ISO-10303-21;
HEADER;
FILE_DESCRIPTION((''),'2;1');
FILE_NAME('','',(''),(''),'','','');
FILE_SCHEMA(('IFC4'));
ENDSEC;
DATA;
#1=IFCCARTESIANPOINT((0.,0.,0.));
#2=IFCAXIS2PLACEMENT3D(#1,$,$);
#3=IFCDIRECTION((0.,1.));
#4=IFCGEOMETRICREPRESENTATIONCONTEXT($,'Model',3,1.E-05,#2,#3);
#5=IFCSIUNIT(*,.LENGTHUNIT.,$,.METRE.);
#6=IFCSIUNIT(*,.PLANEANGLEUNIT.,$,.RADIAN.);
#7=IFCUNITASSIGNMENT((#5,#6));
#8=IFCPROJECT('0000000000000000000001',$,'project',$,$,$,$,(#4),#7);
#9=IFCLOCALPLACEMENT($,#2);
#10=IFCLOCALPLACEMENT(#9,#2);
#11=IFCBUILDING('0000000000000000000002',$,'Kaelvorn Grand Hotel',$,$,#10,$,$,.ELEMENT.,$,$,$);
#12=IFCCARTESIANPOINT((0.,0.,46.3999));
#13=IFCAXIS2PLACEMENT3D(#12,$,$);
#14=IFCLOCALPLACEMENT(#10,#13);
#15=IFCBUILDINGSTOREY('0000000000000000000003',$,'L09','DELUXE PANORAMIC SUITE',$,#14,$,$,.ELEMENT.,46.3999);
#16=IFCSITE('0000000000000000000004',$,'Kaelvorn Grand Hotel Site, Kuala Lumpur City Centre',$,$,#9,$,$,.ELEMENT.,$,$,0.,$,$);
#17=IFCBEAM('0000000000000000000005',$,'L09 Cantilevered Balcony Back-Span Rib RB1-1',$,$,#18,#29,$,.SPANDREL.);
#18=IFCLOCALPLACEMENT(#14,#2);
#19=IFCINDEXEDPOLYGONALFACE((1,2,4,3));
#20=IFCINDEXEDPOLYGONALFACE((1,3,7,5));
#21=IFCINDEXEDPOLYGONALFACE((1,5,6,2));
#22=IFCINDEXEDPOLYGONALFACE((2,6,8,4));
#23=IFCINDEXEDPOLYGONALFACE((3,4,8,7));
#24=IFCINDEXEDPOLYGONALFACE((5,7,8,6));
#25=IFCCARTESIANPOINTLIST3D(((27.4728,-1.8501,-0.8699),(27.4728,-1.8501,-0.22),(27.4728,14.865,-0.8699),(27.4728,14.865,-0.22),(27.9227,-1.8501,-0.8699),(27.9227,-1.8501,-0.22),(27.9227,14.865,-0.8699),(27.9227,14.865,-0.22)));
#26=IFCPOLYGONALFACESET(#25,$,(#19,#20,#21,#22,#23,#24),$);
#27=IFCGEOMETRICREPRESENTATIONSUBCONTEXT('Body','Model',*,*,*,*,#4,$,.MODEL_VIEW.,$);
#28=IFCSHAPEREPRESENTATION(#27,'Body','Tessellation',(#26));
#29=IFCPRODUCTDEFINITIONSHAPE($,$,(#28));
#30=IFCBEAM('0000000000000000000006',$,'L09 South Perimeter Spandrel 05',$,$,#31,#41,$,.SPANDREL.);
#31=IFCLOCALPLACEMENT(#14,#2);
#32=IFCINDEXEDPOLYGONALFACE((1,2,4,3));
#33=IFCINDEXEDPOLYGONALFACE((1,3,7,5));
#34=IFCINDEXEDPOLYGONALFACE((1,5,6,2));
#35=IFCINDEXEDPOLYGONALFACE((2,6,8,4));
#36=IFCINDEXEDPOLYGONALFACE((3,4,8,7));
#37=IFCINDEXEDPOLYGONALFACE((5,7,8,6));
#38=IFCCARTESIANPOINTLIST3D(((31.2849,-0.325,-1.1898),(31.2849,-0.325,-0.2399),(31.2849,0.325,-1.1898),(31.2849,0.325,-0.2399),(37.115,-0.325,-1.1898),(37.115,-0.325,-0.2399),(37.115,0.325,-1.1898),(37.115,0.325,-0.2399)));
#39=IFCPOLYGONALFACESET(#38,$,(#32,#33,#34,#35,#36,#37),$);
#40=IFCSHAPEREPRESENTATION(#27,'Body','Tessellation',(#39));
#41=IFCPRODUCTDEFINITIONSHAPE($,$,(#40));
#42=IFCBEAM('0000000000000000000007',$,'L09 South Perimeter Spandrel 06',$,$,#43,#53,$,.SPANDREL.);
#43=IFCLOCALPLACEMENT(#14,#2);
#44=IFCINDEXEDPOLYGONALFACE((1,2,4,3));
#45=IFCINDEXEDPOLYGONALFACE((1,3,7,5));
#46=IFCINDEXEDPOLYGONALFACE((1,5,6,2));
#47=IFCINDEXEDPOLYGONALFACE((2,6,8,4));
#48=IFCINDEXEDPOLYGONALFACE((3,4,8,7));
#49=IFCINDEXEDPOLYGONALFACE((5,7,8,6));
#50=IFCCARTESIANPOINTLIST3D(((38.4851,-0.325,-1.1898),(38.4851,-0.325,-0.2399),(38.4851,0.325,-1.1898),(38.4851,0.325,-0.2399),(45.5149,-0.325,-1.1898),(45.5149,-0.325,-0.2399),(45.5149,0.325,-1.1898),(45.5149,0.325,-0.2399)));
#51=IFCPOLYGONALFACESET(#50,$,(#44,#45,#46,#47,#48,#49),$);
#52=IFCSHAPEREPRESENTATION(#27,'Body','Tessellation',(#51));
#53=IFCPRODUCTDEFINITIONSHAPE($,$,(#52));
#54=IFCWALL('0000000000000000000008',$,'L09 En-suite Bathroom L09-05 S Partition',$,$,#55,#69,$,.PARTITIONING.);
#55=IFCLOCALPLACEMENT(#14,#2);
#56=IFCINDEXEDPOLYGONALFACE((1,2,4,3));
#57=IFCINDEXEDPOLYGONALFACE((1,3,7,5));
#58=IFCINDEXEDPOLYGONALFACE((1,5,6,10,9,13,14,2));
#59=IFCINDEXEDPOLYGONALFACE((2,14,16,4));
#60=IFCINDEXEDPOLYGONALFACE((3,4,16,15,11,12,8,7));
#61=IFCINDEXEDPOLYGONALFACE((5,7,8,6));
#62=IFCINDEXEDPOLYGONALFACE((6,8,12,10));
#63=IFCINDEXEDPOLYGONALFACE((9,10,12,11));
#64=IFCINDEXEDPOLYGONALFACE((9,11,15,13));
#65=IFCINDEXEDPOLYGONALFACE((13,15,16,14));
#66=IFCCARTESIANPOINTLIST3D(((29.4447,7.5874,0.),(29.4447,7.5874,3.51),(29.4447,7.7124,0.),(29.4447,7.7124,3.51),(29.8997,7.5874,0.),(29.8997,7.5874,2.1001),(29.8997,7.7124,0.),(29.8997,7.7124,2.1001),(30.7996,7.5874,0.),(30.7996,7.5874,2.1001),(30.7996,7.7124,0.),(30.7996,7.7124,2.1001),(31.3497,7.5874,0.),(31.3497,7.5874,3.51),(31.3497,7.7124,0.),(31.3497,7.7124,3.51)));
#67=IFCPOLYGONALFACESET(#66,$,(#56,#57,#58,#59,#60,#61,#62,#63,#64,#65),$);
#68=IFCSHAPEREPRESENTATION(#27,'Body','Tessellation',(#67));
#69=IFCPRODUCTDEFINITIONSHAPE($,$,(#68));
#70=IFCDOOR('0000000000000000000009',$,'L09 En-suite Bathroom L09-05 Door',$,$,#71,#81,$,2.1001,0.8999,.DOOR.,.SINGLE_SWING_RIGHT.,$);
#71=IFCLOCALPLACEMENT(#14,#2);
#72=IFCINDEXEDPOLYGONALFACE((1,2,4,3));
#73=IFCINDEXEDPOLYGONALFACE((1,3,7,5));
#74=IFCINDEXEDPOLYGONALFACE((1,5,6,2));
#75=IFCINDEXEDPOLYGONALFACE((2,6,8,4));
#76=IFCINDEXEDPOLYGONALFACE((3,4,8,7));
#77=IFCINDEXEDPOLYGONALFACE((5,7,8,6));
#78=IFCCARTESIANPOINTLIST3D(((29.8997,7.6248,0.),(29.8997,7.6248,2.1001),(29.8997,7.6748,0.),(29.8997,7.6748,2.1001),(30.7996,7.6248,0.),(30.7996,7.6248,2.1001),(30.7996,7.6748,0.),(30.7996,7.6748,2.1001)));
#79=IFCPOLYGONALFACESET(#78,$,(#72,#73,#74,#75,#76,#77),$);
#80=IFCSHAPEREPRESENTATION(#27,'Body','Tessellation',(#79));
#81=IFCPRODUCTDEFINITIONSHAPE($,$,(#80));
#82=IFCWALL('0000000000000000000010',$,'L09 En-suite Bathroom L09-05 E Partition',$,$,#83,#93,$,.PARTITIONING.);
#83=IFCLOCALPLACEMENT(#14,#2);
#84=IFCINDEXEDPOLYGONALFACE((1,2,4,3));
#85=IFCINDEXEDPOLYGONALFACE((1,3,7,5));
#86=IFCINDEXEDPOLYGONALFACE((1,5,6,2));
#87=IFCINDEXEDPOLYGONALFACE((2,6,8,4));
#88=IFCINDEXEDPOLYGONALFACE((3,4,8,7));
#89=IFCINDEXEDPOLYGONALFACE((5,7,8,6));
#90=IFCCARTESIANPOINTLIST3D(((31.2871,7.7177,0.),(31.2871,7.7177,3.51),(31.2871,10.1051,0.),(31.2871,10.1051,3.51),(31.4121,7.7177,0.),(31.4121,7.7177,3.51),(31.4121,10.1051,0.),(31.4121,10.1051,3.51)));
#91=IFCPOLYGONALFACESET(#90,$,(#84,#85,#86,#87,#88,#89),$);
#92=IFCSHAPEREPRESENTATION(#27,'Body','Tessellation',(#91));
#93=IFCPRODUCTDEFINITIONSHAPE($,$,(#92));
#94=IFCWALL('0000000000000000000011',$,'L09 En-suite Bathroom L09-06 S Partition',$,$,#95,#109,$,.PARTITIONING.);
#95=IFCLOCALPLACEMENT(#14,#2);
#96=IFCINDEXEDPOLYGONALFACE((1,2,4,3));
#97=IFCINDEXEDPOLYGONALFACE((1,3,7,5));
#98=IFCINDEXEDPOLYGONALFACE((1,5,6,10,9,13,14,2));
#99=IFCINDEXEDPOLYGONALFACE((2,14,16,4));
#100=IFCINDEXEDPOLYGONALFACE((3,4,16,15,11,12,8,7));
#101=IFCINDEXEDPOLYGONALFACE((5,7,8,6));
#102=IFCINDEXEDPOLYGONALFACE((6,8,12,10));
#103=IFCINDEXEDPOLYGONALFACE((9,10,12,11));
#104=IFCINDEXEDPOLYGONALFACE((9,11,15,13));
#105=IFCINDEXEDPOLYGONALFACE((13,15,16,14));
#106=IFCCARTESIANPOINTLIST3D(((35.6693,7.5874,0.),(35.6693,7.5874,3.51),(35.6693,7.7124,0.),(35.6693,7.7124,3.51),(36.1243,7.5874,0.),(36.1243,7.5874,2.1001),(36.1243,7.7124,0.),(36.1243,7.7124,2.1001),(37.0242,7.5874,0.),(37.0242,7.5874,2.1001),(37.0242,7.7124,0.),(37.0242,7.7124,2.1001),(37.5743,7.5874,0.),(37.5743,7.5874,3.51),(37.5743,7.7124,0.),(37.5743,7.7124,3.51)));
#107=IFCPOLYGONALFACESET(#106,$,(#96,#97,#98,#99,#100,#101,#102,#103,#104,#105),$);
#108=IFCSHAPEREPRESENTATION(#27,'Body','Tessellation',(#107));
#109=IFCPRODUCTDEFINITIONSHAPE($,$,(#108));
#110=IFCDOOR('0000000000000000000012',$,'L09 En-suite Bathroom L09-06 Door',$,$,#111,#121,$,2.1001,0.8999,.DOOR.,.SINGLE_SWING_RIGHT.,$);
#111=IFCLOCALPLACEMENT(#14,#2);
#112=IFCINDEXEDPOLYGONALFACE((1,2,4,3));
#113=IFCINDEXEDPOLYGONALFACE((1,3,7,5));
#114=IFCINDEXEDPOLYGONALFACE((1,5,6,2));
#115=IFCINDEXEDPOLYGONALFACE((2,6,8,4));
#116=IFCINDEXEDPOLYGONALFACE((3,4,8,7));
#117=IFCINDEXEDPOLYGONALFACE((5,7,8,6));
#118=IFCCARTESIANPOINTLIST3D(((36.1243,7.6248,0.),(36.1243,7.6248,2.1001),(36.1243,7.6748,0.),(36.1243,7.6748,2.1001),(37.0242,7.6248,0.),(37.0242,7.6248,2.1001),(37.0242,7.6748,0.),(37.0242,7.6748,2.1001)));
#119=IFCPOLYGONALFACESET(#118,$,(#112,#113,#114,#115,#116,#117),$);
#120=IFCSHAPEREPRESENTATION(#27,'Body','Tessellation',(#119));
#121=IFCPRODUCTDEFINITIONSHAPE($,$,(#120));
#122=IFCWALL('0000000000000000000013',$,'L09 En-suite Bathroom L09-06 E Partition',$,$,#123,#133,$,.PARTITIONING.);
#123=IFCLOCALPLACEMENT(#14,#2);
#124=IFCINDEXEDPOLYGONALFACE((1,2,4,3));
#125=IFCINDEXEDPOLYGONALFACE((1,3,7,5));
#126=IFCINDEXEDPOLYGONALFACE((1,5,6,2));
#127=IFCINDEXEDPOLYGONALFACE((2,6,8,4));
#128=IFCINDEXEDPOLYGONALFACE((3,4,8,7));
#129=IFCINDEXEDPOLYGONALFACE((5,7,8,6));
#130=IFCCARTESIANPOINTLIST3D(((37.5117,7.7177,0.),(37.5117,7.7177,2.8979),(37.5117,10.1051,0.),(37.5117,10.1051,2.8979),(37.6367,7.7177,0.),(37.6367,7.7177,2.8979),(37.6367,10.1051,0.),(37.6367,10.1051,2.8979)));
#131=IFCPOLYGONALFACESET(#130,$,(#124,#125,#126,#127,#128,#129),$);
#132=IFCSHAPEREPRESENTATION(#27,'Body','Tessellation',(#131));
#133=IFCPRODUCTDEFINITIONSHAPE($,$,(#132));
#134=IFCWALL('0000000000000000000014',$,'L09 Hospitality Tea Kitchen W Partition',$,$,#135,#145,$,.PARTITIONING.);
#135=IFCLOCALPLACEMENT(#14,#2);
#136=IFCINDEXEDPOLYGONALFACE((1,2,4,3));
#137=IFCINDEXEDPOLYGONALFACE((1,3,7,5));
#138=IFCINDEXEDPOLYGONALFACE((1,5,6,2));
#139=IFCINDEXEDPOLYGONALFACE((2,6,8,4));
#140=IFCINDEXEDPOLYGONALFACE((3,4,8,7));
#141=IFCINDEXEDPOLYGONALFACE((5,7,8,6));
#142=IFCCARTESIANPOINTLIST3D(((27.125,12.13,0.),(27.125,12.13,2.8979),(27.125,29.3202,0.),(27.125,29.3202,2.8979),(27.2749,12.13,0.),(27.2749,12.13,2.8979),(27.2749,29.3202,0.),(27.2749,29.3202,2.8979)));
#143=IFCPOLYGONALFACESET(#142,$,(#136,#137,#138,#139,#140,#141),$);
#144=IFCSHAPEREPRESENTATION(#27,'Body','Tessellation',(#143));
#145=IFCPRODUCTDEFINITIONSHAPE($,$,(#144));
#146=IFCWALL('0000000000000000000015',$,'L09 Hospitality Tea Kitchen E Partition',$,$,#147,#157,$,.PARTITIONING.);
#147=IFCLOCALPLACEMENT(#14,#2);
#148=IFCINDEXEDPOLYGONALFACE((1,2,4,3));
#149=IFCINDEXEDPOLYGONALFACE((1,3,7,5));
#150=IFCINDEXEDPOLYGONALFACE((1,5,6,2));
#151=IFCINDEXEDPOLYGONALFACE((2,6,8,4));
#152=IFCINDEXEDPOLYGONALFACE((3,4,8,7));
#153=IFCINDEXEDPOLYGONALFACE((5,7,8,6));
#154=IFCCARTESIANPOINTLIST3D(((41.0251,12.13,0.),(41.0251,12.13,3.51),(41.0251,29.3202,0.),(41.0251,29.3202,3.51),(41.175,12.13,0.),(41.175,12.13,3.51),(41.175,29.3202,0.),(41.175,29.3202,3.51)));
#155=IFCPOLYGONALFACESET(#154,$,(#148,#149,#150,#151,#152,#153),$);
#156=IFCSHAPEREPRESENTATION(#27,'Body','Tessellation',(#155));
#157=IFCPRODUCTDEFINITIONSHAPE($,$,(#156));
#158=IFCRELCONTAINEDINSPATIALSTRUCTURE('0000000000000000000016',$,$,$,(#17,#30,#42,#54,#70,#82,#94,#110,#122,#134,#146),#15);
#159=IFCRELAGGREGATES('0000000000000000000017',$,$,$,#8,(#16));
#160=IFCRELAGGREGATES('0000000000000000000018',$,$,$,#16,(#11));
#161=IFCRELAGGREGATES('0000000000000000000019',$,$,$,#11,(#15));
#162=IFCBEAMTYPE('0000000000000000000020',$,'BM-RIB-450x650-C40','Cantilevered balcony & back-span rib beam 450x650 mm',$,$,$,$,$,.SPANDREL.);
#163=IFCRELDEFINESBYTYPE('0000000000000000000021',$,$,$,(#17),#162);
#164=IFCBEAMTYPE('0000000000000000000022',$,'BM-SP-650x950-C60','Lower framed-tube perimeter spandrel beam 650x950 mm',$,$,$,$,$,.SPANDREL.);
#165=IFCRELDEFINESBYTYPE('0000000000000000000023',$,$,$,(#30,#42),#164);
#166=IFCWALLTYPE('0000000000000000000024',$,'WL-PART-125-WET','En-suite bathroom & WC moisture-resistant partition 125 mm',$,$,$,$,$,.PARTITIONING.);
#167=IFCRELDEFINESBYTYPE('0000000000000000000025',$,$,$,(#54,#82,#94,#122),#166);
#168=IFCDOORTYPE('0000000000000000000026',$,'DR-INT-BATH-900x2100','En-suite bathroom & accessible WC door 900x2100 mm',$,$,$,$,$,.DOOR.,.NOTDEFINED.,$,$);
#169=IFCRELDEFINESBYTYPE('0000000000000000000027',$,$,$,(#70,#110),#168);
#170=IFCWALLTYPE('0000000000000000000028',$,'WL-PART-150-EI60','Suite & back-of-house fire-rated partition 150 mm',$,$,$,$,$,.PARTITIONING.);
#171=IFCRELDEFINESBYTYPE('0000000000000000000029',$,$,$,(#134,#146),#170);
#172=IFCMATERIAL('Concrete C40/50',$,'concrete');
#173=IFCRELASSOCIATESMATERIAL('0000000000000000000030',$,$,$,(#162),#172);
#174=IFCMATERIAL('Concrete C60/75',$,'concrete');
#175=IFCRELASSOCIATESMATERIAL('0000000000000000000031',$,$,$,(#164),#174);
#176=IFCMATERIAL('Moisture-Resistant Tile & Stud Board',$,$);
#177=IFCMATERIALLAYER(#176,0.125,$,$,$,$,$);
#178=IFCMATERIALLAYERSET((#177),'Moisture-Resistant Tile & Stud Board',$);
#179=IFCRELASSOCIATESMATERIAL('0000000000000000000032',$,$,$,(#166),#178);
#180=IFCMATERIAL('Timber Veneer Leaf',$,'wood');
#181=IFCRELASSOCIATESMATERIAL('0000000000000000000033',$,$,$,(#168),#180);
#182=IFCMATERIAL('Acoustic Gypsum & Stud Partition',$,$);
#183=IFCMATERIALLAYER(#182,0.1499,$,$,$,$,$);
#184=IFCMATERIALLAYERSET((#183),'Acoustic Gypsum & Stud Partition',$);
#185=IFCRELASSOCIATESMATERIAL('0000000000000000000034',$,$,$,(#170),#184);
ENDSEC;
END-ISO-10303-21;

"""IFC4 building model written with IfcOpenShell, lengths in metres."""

from ifc_helpers import new_model, si_unit, direction, frame, frame_2d, origin, origin_2d, place, context, subcontext, project, spatial, rectangle, extrude, material, layer, layer_set, material_profile, profile_set, type_object, element, fill, save


model = new_model("IFC4")

# Units and contexts
model_context = context("Model", 3, precision=1e-05, world=origin(), true_north=direction((0.0, 1.0)))
body_context = subcontext(model_context, "Body", "Model", "MODEL_VIEW")
ifc_project = project(units=[si_unit("LENGTHUNIT", "METRE"), si_unit("PLANEANGLEUNIT", "RADIAN")], contexts=[model_context])

# Site, building, storey
site_placement = place(None, origin())
site = spatial("IfcSite", under=ifc_project, at=site_placement, Name="Kaelvorn Grand Hotel Site, Kuala Lumpur City Centre", CompositionType="ELEMENT", RefElevation=0.0)
building_placement = place(site_placement, origin())
building = spatial("IfcBuilding", under=site, at=building_placement, Name="Kaelvorn Grand Hotel", CompositionType="ELEMENT")
storey_placement = place(building_placement, frame((0.0, 0.0, 46.3999)))
storey = spatial("IfcBuildingStorey", under=building, at=storey_placement, Name="L09", Description="DELUXE PANORAMIC SUITE", CompositionType="ELEMENT", Elevation=46.3999)

# Beams
ifc_material_1 = material(Name="Concrete C40/50", Category="concrete")
ifc_material_profile_1 = material_profile(ifc_material_1, rectangle(XDim=0.45, YDim=0.6499, at=origin_2d()), Name="RC RIB 450x650")
ifc_profile_set_1 = profile_set([ifc_material_profile_1], Name="Concrete C40/50")
beam_type_1 = type_object("IfcBeamType", Name="BM-RIB-450x650-C40", Description="Cantilevered balcony & back-span rib beam 450x650 mm", PredefinedType="SPANDREL", material=ifc_profile_set_1)
beam_1_placement = place(storey_placement, frame((27.6978, -1.8501, -0.5449), z_axis=(0.0, 1.0, 0.0), x_axis=(-1.0, 0.0, 0.0)))
element("IfcBeam", 1, at=beam_1_placement, inside=storey, type_object=beam_type_1, Name="L09 Cantilevered Balcony Back-Span Rib RB1-1", PredefinedType="SPANDREL", context=body_context, shape_type="SweptSolid", body=[
    extrude(rectangle(XDim=0.45, YDim=0.6499, at=origin_2d()), origin(), (0.0, 0.0, 1.0), 16.7151),
])
ifc_material_2 = material(Name="Concrete C60/75", Category="concrete")
ifc_material_profile_2 = material_profile(ifc_material_2, rectangle(XDim=0.6499, YDim=0.95, at=origin_2d()), Name="RC SPANDREL 650x950")
ifc_profile_set_2 = profile_set([ifc_material_profile_2], Name="Concrete C60/75")
beam_type_2 = type_object("IfcBeamType", Name="BM-SP-650x950-C60", Description="Lower framed-tube perimeter spandrel beam 650x950 mm", PredefinedType="SPANDREL", material=ifc_profile_set_2)
beam_2_placement = place(storey_placement, frame((31.2849, 0.0, -0.7148), z_axis=(1.0, 0.0, 0.0), x_axis=(0.0, 1.0, 0.0)))
element("IfcBeam", 2, at=beam_2_placement, inside=storey, type_object=beam_type_2, Name="L09 South Perimeter Spandrel 05", PredefinedType="SPANDREL", context=body_context, shape_type="SweptSolid", body=[
    extrude(rectangle(XDim=0.6499, YDim=0.95, at=origin_2d()), origin(), (0.0, 0.0, 1.0), 5.8301),
])
beam_3_placement = place(storey_placement, frame((38.4851, 0.0, -0.7148), z_axis=(1.0, 0.0, 0.0), x_axis=(0.0, 1.0, 0.0)))
element("IfcBeam", 3, at=beam_3_placement, inside=storey, type_object=beam_type_2, Name="L09 South Perimeter Spandrel 06", PredefinedType="SPANDREL", context=body_context, shape_type="SweptSolid", body=[
    extrude(rectangle(XDim=0.6499, YDim=0.95, at=origin_2d()), origin(), (0.0, 0.0, 1.0), 7.0298),
])

# Wall, opening, door
ifc_material_3 = material(Name="Moisture-Resistant Tile & Stud Board")
ifc_layer_1 = layer(ifc_material_3, 0.125)
ifc_layer_set_1 = layer_set([ifc_layer_1], Name="Moisture-Resistant Tile & Stud Board")
wall_type_1 = type_object("IfcWallType", Name="WL-PART-125-WET", Description="En-suite bathroom & WC moisture-resistant partition 125 mm", PredefinedType="PARTITIONING", material=ifc_layer_set_1)
wall_1_placement = place(storey_placement, frame((29.4446, 7.6499, 0.0), z_axis=(0.0, 0.0, 1.0), x_axis=(1.0, 0.0, 0.0)))
wall_1 = element("IfcWall", 4, at=wall_1_placement, inside=storey, type_object=wall_type_1, Name="L09 En-suite Bathroom L09-05 S Partition", PredefinedType="PARTITIONING", context=body_context, shape_type="SweptSolid", body=[
    extrude(rectangle(XDim=1.905, YDim=0.125, at=frame_2d((0.9526, 0.0))), origin(), (0.0, 0.0, 1.0), 3.51),
])
opening_1_placement = place(wall_1_placement, frame((0.4551, 0.0, 0.0)))
opening_1 = element("IfcOpeningElement", 5, at=opening_1_placement, cuts=wall_1, PredefinedType="OPENING", context=body_context, shape_type="SweptSolid", body=[
    extrude(rectangle(XDim=0.8999, YDim=2.1001, at=frame_2d((0.45, 1.05))), frame((0.0, 0.0725, 0.0), z_axis=(0.0, -1.0, 0.0), x_axis=(1.0, 0.0, 0.0)), (0.0, 0.0, 1.0), 0.145),
])
ifc_material_4 = material(Name="Timber Veneer Leaf", Category="wood")
door_type_1 = type_object("IfcDoorType", Name="DR-INT-BATH-900x2100", Description="En-suite bathroom & accessible WC door 900x2100 mm", OperationType="NOTDEFINED", PredefinedType="DOOR", material=ifc_material_4)
door_1_placement = place(opening_1_placement, origin())
door_1 = element("IfcDoor", 6, at=door_1_placement, inside=storey, type_object=door_type_1, Name="L09 En-suite Bathroom L09-05 Door", OperationType="SINGLE_SWING_RIGHT", OverallHeight=2.1001, OverallWidth=0.8999, PredefinedType="DOOR", context=body_context, shape_type="SweptSolid", body=[
    extrude(rectangle(XDim=0.8999, YDim=2.1001, at=frame_2d((0.45, 1.05))), frame((0.0, 0.0249, 0.0), z_axis=(0.0, -1.0, 0.0), x_axis=(1.0, 0.0, 0.0)), (0.0, 0.0, 1.0), 0.05),
])
fill(opening_1, door_1)

# Wall
wall_2_placement = place(storey_placement, frame((31.3496, 7.7175, 0.0), z_axis=(0.0, 0.0, 1.0), x_axis=(0.0, 1.0, 0.0)))
element("IfcWall", 7, at=wall_2_placement, inside=storey, type_object=wall_type_1, Name="L09 En-suite Bathroom L09-05 E Partition", PredefinedType="PARTITIONING", context=body_context, shape_type="SweptSolid", body=[
    extrude(rectangle(XDim=2.3875, YDim=0.125, at=frame_2d((1.1938, 0.0))), origin(), (0.0, 0.0, 1.0), 3.51),
])

# Wall, opening, door
wall_3_placement = place(storey_placement, frame((35.6692, 7.6499, 0.0), z_axis=(0.0, 0.0, 1.0), x_axis=(1.0, 0.0, 0.0)))
wall_3 = element("IfcWall", 8, at=wall_3_placement, inside=storey, type_object=wall_type_1, Name="L09 En-suite Bathroom L09-06 S Partition", PredefinedType="PARTITIONING", context=body_context, shape_type="SweptSolid", body=[
    extrude(rectangle(XDim=1.905, YDim=0.125, at=frame_2d((0.9526, 0.0))), origin(), (0.0, 0.0, 1.0), 3.51),
])
opening_2_placement = place(wall_3_placement, frame((0.4551, 0.0, 0.0)))
opening_2 = element("IfcOpeningElement", 9, at=opening_2_placement, cuts=wall_3, PredefinedType="OPENING", context=body_context, shape_type="SweptSolid", body=[
    extrude(rectangle(XDim=0.8999, YDim=2.1001, at=frame_2d((0.45, 1.05))), frame((0.0, 0.0725, 0.0), z_axis=(0.0, -1.0, 0.0), x_axis=(1.0, 0.0, 0.0)), (0.0, 0.0, 1.0), 0.145),
])
door_2_placement = place(opening_2_placement, origin())
door_2 = element("IfcDoor", 10, at=door_2_placement, inside=storey, type_object=door_type_1, Name="L09 En-suite Bathroom L09-06 Door", OperationType="SINGLE_SWING_RIGHT", OverallHeight=2.1001, OverallWidth=0.8999, PredefinedType="DOOR", context=body_context, shape_type="SweptSolid", body=[
    extrude(rectangle(XDim=0.8999, YDim=2.1001, at=frame_2d((0.45, 1.05))), frame((0.0, 0.0249, 0.0), z_axis=(0.0, -1.0, 0.0), x_axis=(1.0, 0.0, 0.0)), (0.0, 0.0, 1.0), 0.05),
])
fill(opening_2, door_2)

# Walls
wall_4_placement = place(storey_placement, frame((37.5742, 7.7175, 0.0), z_axis=(0.0, 0.0, 1.0), x_axis=(0.0, 1.0, 0.0)))
element("IfcWall", 11, at=wall_4_placement, inside=storey, type_object=wall_type_1, Name="L09 En-suite Bathroom L09-06 E Partition", PredefinedType="PARTITIONING", context=body_context, shape_type="SweptSolid", body=[
    extrude(rectangle(XDim=2.3875, YDim=0.125, at=frame_2d((1.1938, 0.0))), origin(), (0.0, 0.0, 1.0), 2.8979),
])
ifc_material_5 = material(Name="Acoustic Gypsum & Stud Partition")
ifc_layer_2 = layer(ifc_material_5, 0.1499)
ifc_layer_set_2 = layer_set([ifc_layer_2], Name="Acoustic Gypsum & Stud Partition")
wall_type_2 = type_object("IfcWallType", Name="WL-PART-150-EI60", Description="Suite & back-of-house fire-rated partition 150 mm", PredefinedType="PARTITIONING", material=ifc_layer_set_2)
wall_5_placement = place(storey_placement, frame((27.2, 12.1299, 0.0), z_axis=(0.0, 0.0, 1.0), x_axis=(0.0, 1.0, 0.0)))
element("IfcWall", 12, at=wall_5_placement, inside=storey, type_object=wall_type_2, Name="L09 Hospitality Tea Kitchen W Partition", PredefinedType="PARTITIONING", context=body_context, shape_type="SweptSolid", body=[
    extrude(rectangle(XDim=17.1902, YDim=0.1499, at=frame_2d((8.5952, 0.0))), origin(), (0.0, 0.0, 1.0), 2.8979),
])
wall_6_placement = place(storey_placement, frame((41.1001, 12.1299, 0.0), z_axis=(0.0, 0.0, 1.0), x_axis=(0.0, 1.0, 0.0)))
element("IfcWall", 13, at=wall_6_placement, inside=storey, type_object=wall_type_2, Name="L09 Hospitality Tea Kitchen E Partition", PredefinedType="PARTITIONING", context=body_context, shape_type="SweptSolid", body=[
    extrude(rectangle(XDim=17.1902, YDim=0.1499, at=frame_2d((8.5952, 0.0))), origin(), (0.0, 0.0, 1.0), 3.51),
])

save(model, "model.ifc")
